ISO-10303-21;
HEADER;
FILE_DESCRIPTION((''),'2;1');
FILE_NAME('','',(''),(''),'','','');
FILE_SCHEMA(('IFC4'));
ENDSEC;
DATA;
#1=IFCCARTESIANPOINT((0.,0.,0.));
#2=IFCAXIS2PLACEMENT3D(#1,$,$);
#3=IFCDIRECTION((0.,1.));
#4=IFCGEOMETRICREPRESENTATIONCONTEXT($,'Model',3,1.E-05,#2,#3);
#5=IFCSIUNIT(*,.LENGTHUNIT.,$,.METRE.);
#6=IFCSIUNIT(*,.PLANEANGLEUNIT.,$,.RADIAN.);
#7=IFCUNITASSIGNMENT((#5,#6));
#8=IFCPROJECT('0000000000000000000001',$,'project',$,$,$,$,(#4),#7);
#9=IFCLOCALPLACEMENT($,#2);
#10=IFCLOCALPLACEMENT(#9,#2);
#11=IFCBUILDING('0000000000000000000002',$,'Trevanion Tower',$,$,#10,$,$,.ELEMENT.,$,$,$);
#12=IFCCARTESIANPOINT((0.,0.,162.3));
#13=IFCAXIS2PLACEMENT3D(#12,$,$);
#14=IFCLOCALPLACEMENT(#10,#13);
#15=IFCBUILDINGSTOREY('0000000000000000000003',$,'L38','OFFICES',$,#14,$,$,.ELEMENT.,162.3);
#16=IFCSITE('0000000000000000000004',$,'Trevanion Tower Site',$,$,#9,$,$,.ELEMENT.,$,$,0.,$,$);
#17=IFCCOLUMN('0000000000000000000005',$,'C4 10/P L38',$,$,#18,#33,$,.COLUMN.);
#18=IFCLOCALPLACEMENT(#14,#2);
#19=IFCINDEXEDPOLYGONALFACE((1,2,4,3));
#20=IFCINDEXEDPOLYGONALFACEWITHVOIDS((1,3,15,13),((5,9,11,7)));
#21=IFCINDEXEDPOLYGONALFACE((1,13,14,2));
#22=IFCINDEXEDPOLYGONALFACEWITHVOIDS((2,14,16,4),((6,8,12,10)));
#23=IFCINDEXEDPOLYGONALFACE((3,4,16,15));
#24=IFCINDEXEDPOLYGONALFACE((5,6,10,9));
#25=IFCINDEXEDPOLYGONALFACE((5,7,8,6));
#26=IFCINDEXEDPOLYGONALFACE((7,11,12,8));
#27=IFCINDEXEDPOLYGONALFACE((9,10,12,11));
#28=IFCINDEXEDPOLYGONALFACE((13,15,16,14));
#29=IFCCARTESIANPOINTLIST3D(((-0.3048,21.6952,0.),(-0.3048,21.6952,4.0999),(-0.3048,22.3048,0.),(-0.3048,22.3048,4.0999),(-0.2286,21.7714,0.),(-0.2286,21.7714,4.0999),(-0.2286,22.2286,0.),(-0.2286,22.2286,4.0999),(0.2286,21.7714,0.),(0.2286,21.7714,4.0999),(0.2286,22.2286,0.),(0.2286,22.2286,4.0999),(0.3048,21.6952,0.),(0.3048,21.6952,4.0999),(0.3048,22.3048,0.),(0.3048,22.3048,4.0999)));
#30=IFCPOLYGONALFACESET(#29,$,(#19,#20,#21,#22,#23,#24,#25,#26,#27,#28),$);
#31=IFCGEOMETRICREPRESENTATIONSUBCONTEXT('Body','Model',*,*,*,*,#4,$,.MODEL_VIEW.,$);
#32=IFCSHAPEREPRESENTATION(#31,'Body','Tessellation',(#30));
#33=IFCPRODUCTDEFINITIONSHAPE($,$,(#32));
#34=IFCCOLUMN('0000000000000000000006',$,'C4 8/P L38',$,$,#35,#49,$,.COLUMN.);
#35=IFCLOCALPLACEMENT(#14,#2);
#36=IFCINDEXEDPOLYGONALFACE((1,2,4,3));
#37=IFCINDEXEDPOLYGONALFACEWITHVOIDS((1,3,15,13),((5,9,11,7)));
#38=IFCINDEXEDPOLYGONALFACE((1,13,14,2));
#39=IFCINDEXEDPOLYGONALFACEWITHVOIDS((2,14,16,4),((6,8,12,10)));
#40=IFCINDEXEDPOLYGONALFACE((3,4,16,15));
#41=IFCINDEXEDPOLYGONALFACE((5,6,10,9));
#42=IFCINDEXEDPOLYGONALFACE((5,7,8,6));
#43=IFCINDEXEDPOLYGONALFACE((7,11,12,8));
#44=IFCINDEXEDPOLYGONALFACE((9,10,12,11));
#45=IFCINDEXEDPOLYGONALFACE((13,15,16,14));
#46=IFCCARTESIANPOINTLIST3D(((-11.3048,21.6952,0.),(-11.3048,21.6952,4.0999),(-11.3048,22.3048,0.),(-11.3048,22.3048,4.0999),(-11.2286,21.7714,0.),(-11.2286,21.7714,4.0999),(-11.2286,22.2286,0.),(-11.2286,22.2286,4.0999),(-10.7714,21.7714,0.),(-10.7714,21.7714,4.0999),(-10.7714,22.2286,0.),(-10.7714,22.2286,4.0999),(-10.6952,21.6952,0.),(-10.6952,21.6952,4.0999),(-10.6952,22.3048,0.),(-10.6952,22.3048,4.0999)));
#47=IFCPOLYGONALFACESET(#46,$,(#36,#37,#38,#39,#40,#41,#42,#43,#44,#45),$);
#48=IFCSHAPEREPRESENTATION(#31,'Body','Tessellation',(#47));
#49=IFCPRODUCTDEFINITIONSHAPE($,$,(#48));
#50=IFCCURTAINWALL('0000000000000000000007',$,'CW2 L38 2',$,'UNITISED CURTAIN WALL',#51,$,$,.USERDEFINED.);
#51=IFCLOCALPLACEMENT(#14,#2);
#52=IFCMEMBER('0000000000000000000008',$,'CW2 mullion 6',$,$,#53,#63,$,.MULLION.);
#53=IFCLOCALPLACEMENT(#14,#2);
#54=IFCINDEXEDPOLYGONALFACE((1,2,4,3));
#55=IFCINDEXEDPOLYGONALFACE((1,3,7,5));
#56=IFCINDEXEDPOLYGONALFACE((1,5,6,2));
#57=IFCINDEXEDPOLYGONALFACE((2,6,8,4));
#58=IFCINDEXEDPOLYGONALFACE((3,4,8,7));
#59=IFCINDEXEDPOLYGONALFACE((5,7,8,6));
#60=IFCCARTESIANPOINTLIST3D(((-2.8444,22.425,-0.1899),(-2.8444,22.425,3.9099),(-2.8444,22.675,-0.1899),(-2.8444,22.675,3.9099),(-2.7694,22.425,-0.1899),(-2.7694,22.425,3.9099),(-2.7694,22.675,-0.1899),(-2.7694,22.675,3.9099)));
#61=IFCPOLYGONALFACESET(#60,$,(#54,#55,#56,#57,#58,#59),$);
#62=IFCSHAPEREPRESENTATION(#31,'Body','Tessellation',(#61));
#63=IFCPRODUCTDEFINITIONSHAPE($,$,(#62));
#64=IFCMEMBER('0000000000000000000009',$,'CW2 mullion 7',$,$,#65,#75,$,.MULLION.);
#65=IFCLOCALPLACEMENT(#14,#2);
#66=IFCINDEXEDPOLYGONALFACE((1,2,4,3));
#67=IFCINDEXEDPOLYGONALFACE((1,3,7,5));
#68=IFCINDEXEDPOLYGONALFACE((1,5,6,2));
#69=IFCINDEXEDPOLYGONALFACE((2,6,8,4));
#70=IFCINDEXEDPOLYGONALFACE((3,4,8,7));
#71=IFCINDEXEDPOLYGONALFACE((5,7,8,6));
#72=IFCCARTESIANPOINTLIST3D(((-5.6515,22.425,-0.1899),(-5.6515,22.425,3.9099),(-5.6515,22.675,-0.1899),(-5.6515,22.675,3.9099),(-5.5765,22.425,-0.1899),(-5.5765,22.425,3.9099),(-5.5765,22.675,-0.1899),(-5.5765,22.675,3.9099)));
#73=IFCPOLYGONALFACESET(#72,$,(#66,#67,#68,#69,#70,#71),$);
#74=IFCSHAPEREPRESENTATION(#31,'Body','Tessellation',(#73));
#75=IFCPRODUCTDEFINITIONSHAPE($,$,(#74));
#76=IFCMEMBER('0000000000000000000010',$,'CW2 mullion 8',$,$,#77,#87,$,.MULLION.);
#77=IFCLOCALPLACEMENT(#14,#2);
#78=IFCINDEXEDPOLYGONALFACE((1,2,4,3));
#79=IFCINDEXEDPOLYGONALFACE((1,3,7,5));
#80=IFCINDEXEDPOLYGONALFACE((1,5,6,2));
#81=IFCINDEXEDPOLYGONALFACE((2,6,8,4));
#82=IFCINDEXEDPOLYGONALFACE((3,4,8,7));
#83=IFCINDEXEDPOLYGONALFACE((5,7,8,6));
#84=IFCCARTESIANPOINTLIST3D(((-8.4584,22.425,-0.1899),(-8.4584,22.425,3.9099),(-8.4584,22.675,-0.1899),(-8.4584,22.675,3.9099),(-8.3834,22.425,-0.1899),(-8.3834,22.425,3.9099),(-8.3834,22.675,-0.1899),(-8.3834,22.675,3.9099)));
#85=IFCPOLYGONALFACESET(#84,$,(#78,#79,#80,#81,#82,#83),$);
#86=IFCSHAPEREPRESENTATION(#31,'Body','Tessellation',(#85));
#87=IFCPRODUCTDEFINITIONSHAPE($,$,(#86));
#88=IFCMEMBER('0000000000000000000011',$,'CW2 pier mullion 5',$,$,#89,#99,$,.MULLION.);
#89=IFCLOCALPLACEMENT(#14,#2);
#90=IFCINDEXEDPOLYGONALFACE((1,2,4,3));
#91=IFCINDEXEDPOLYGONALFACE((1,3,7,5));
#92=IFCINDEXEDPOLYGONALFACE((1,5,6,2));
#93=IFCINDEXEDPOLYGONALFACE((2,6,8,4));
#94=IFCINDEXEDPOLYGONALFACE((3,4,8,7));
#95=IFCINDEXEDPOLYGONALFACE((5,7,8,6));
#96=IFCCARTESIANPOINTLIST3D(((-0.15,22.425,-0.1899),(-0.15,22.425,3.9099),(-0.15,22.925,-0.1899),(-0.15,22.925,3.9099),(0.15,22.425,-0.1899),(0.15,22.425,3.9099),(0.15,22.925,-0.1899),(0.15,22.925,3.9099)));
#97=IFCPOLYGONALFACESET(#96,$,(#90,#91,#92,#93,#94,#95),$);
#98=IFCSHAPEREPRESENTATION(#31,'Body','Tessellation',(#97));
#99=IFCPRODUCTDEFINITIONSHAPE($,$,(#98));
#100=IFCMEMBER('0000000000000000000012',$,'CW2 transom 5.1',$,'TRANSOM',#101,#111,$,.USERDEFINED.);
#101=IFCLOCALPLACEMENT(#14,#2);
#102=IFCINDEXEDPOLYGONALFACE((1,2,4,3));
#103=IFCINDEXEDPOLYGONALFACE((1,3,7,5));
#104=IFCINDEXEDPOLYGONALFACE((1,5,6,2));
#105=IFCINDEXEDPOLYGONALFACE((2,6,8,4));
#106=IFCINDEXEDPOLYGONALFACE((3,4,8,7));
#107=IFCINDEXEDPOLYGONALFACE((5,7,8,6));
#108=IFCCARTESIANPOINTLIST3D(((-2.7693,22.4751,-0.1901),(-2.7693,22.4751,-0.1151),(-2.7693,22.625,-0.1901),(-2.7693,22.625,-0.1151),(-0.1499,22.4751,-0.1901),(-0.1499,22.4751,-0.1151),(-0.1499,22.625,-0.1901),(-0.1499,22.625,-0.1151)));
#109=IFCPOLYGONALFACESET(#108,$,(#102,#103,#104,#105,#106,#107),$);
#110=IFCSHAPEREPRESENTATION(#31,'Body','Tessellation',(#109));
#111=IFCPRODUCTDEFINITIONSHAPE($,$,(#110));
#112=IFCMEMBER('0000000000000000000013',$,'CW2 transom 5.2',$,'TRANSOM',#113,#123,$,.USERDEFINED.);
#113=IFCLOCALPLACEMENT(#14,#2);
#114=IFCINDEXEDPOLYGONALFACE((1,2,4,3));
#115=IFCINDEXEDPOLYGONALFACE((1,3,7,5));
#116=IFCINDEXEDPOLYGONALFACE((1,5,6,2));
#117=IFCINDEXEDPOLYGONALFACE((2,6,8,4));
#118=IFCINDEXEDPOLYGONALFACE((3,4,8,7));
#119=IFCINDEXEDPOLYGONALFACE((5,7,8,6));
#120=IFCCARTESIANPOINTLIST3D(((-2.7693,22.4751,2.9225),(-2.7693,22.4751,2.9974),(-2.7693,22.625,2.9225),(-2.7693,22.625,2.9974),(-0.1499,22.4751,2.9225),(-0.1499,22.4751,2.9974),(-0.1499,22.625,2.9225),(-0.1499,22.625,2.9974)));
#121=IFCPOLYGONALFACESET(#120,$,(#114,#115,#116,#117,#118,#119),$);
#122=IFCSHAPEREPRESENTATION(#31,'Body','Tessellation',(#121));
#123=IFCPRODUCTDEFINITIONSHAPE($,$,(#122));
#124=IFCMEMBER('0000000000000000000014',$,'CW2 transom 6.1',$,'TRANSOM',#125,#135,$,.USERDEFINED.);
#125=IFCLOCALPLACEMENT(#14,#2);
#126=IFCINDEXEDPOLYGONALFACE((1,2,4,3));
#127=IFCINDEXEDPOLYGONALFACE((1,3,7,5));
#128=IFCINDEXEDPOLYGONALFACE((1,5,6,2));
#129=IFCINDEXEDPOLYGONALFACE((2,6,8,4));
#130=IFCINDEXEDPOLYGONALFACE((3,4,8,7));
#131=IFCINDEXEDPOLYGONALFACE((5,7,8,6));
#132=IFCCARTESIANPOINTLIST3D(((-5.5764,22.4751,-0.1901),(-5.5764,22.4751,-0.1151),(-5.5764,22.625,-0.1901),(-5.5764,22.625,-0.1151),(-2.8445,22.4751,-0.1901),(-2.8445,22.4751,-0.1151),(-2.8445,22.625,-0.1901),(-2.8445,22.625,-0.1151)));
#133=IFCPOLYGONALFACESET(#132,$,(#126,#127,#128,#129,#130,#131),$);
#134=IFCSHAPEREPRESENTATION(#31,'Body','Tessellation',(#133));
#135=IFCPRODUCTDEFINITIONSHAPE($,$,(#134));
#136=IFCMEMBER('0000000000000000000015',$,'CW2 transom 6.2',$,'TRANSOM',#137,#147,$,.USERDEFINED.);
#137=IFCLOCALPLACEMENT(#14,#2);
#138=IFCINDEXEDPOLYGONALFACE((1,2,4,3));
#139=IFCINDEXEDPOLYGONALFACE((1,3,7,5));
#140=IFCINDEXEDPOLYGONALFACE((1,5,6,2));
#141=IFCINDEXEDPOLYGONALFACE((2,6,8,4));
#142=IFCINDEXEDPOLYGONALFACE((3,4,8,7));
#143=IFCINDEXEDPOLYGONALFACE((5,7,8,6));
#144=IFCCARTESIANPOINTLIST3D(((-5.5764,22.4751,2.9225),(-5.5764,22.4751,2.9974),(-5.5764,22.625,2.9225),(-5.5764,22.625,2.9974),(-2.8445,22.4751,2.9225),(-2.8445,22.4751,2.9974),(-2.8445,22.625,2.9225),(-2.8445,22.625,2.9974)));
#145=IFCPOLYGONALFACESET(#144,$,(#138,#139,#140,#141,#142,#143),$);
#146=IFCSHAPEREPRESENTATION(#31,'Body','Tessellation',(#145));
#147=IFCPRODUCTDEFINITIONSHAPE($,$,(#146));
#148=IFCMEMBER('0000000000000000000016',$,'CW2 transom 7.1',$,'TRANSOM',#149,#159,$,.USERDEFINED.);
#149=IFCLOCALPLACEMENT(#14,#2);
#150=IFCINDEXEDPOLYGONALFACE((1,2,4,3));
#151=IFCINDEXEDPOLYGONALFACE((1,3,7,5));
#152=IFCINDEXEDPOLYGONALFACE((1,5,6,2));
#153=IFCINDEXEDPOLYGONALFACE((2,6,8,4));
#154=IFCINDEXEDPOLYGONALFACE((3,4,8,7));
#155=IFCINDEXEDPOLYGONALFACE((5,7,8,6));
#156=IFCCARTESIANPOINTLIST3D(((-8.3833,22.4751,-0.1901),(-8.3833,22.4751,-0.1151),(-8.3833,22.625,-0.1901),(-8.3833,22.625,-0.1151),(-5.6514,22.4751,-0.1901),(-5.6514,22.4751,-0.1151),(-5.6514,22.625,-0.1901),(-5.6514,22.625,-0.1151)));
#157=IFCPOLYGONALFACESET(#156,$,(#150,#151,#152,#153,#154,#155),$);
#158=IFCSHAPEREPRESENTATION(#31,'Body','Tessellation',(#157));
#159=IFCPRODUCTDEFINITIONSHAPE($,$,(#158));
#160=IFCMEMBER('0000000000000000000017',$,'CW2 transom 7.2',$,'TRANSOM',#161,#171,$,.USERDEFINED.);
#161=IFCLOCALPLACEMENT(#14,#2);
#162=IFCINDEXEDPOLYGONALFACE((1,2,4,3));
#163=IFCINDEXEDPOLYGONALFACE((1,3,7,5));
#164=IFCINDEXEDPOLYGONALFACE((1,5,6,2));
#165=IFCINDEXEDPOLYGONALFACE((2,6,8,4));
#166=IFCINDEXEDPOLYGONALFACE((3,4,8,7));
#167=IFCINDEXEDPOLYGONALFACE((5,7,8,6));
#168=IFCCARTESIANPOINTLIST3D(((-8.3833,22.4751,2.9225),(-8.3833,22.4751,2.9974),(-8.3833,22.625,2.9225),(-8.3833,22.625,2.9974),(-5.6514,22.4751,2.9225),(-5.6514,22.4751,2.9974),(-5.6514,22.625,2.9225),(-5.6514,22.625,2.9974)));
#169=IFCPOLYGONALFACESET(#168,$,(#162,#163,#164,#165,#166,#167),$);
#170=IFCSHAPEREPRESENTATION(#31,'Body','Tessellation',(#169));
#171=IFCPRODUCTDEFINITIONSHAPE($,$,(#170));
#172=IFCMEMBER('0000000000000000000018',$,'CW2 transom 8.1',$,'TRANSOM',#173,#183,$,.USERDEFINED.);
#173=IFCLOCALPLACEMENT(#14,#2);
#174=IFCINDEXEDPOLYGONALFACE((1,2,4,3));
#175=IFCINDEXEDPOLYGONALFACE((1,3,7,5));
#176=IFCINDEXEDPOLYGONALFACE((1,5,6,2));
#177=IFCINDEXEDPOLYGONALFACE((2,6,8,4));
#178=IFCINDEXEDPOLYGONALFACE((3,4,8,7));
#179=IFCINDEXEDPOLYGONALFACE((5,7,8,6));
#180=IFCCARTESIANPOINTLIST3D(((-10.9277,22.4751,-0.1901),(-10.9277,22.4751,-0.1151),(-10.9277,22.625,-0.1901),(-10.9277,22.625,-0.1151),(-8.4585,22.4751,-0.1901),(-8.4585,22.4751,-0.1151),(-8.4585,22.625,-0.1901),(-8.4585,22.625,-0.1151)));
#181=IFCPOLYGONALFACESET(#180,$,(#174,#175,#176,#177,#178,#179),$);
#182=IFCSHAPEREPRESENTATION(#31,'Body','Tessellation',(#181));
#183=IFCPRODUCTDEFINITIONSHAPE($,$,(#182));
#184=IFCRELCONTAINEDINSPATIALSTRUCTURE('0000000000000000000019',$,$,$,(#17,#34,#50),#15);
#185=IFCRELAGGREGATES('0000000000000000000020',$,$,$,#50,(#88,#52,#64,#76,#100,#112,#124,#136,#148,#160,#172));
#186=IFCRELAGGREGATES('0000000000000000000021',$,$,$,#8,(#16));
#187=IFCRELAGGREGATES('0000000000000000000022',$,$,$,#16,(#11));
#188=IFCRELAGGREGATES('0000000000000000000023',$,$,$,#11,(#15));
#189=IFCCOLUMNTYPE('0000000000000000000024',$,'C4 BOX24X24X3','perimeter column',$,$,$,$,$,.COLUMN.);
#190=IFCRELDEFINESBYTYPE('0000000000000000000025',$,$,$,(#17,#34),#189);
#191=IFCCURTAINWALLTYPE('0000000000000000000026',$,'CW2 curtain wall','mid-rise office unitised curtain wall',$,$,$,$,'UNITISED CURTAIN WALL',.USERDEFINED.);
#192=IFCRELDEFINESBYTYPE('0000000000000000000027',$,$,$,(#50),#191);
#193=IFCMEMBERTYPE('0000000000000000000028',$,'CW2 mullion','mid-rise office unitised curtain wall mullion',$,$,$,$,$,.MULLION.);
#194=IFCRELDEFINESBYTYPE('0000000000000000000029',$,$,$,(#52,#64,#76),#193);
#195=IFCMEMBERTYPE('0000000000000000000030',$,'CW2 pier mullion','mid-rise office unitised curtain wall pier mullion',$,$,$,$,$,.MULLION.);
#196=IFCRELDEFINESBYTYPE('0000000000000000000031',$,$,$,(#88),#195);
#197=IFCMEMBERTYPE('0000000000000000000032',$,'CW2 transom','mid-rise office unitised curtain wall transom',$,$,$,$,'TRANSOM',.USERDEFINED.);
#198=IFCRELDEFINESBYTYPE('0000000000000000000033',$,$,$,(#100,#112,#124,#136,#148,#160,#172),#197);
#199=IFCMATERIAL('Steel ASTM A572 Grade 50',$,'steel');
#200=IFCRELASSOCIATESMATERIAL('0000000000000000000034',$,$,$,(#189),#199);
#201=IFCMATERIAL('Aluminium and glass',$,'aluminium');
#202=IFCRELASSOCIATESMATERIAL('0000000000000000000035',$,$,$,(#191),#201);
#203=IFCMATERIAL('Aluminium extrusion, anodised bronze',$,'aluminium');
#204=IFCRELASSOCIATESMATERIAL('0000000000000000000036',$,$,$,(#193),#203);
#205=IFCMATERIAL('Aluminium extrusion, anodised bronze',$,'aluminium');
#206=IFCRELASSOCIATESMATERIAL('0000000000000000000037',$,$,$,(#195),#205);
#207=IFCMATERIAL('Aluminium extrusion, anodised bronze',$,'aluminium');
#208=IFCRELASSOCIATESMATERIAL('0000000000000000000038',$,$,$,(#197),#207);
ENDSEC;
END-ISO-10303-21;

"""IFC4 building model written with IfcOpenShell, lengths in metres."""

from ifc_helpers import new_model, si_unit, direction, frame, origin, origin_2d, place, context, subcontext, project, spatial, rectangle, hollow_rectangle, extrude, material, material_profile, profile_set, type_object, element, aggregate, save


model = new_model("IFC4")

# Units and contexts
model_context = context("Model", 3, precision=1e-05, world=origin(), true_north=direction((0.0, 1.0)))
body_context = subcontext(model_context, "Body", "Model", "MODEL_VIEW")
ifc_project = project(units=[si_unit("LENGTHUNIT", "METRE"), si_unit("PLANEANGLEUNIT", "RADIAN")], contexts=[model_context])

# Site, building, storey
site_placement = place(None, origin())
site = spatial("IfcSite", under=ifc_project, at=site_placement, Name="Trevanion Tower Site", CompositionType="ELEMENT", RefElevation=0.0)
building_placement = place(site_placement, origin())
building = spatial("IfcBuilding", under=site, at=building_placement, Name="Trevanion Tower", CompositionType="ELEMENT")
storey_placement = place(building_placement, frame((0.0, 0.0, 162.3)))
storey = spatial("IfcBuildingStorey", under=building, at=storey_placement, Name="L38", Description="OFFICES", CompositionType="ELEMENT", Elevation=162.3)

# Columns
ifc_material_1 = material(Name="Steel ASTM A572 Grade 50", Category="steel")
ifc_material_profile_1 = material_profile(ifc_material_1, hollow_rectangle(XDim=0.6096, YDim=0.6096, WallThickness=0.0762, at=origin_2d()), Name="BOX24X24X3")
ifc_profile_set_1 = profile_set([ifc_material_profile_1], Name="Steel ASTM A572 Grade 50")
column_type = type_object("IfcColumnType", Name="C4 BOX24X24X3", Description="perimeter column", PredefinedType="COLUMN", material=ifc_profile_set_1)
for number, where, z_axis, x_axis, name in (
    (1, (0.0, 22.0, 0.0), (0.0, 0.0, 1.0), (1.0, 0.0, 0.0), "C4 10/P L38"),
    (2, (-11.0, 22.0, 0.0), (0.0, 0.0, 1.0), (1.0, 0.0, 0.0), "C4 8/P L38"),
):
    element("IfcColumn", number, at=place(storey_placement, frame(where, z_axis=z_axis, x_axis=x_axis)), inside=storey, type_object=column_type, Name=name, PredefinedType="COLUMN", context=body_context, shape_type="SweptSolid", body=[
        extrude(hollow_rectangle(XDim=0.6096, YDim=0.6096, WallThickness=0.0762, at=origin_2d()), origin(), (0.0, 0.0, 1.0), 4.0999),
    ])

# Curtain wall, members
ifc_material_2 = material(Name="Aluminium and glass", Category="aluminium")
curtain_wall_type = type_object("IfcCurtainWallType", Name="CW2 curtain wall", Description="mid-rise office unitised curtain wall", ElementType="UNITISED CURTAIN WALL", PredefinedType="USERDEFINED", material=ifc_material_2)
curtain_wall_placement = place(storey_placement, origin())
curtain_wall = element("IfcCurtainWall", 3, at=curtain_wall_placement, inside=storey, type_object=curtain_wall_type, Name="CW2 L38 2", ObjectType="UNITISED CURTAIN WALL", PredefinedType="USERDEFINED")
ifc_material_3 = material(Name="Aluminium extrusion, anodised bronze", Category="aluminium")
ifc_material_profile_2 = material_profile(ifc_material_3, rectangle(XDim=0.075, YDim=0.25, at=origin_2d()), Name="CW2 mullion")
ifc_profile_set_2 = profile_set([ifc_material_profile_2], Name="Aluminium extrusion, anodised bronze")
member_type_1 = type_object("IfcMemberType", Name="CW2 mullion", Description="mid-rise office unitised curtain wall mullion", PredefinedType="MULLION", material=ifc_profile_set_2)
member_1_placement = place(storey_placement, frame((-2.8069, 22.55, -0.1899), z_axis=(0.0, 0.0, 1.0), x_axis=(-1.0, 0.0, 0.0)))
member_1 = element("IfcMember", 4, at=member_1_placement, type_object=member_type_1, Name="CW2 mullion 6", PredefinedType="MULLION", context=body_context, shape_type="SweptSolid", body=[
    extrude(rectangle(XDim=0.075, YDim=0.25, at=origin_2d()), origin(), (0.0, 0.0, 1.0), 4.0999),
])
member_2_placement = place(storey_placement, frame((-5.614, 22.55, -0.1899), z_axis=(0.0, 0.0, 1.0), x_axis=(-1.0, 0.0, 0.0)))
member_2 = element("IfcMember", 5, at=member_2_placement, type_object=member_type_1, Name="CW2 mullion 7", PredefinedType="MULLION", context=body_context, shape_type="SweptSolid", body=[
    extrude(rectangle(XDim=0.075, YDim=0.25, at=origin_2d()), origin(), (0.0, 0.0, 1.0), 4.0999),
])
member_3_placement = place(storey_placement, frame((-8.4209, 22.55, -0.1899), z_axis=(0.0, 0.0, 1.0), x_axis=(-1.0, 0.0, 0.0)))
member_3 = element("IfcMember", 6, at=member_3_placement, type_object=member_type_1, Name="CW2 mullion 8", PredefinedType="MULLION", context=body_context, shape_type="SweptSolid", body=[
    extrude(rectangle(XDim=0.075, YDim=0.25, at=origin_2d()), origin(), (0.0, 0.0, 1.0), 4.0999),
])
ifc_material_4 = material(Name="Aluminium extrusion, anodised bronze", Category="aluminium")
ifc_material_profile_3 = material_profile(ifc_material_4, rectangle(XDim=0.3, YDim=0.5, at=origin_2d()), Name="CW2 pier mullion")
ifc_profile_set_3 = profile_set([ifc_material_profile_3], Name="Aluminium extrusion, anodised bronze")
member_type_2 = type_object("IfcMemberType", Name="CW2 pier mullion", Description="mid-rise office unitised curtain wall pier mullion", PredefinedType="MULLION", material=ifc_profile_set_3)
member_4_placement = place(storey_placement, frame((0.0, 22.675, -0.1899), z_axis=(0.0, 0.0, 1.0), x_axis=(-1.0, 0.0, 0.0)))
member_4 = element("IfcMember", 7, at=member_4_placement, type_object=member_type_2, Name="CW2 pier mullion 5", PredefinedType="MULLION", context=body_context, shape_type="SweptSolid", body=[
    extrude(rectangle(XDim=0.3, YDim=0.5, at=origin_2d()), origin(), (0.0, 0.0, 1.0), 4.0999),
])
ifc_material_5 = material(Name="Aluminium extrusion, anodised bronze", Category="aluminium")
ifc_material_profile_4 = material_profile(ifc_material_5, rectangle(XDim=0.1499, YDim=0.075, at=origin_2d()), Name="CW2 transom")
ifc_profile_set_4 = profile_set([ifc_material_profile_4], Name="Aluminium extrusion, anodised bronze")
member_type_3 = type_object("IfcMemberType", Name="CW2 transom", Description="mid-rise office unitised curtain wall transom", ElementType="TRANSOM", PredefinedType="USERDEFINED", material=ifc_profile_set_4)
member_5_placement = place(storey_placement, frame((-0.1499, 22.55, -0.1526), z_axis=(-1.0, 0.0, 0.0), x_axis=(0.0, -1.0, 0.0)))
member_5 = element("IfcMember", 8, at=member_5_placement, type_object=member_type_3, Name="CW2 transom 5.1", ObjectType="TRANSOM", PredefinedType="USERDEFINED", context=body_context, shape_type="SweptSolid", body=[
    extrude(rectangle(XDim=0.1499, YDim=0.075, at=origin_2d()), origin(), (0.0, 0.0, 1.0), 2.6194),
])
member_6_placement = place(storey_placement, frame((-0.1499, 22.55, 2.96), z_axis=(-1.0, 0.0, 0.0), x_axis=(0.0, -1.0, 0.0)))
member_6 = element("IfcMember", 9, at=member_6_placement, type_object=member_type_3, Name="CW2 transom 5.2", ObjectType="TRANSOM", PredefinedType="USERDEFINED", context=body_context, shape_type="SweptSolid", body=[
    extrude(rectangle(XDim=0.1499, YDim=0.075, at=origin_2d()), origin(), (0.0, 0.0, 1.0), 2.6194),
])
member_7_placement = place(storey_placement, frame((-2.8445, 22.55, -0.1526), z_axis=(-1.0, 0.0, 0.0), x_axis=(0.0, -1.0, 0.0)))
member_7 = element("IfcMember", 10, at=member_7_placement, type_object=member_type_3, Name="CW2 transom 6.1", ObjectType="TRANSOM", PredefinedType="USERDEFINED", context=body_context, shape_type="SweptSolid", body=[
    extrude(rectangle(XDim=0.1499, YDim=0.075, at=origin_2d()), origin(), (0.0, 0.0, 1.0), 2.7319),
])
member_8_placement = place(storey_placement, frame((-2.8445, 22.55, 2.96), z_axis=(-1.0, 0.0, 0.0), x_axis=(0.0, -1.0, 0.0)))
member_8 = element("IfcMember", 11, at=member_8_placement, type_object=member_type_3, Name="CW2 transom 6.2", ObjectType="TRANSOM", PredefinedType="USERDEFINED", context=body_context, shape_type="SweptSolid", body=[
    extrude(rectangle(XDim=0.1499, YDim=0.075, at=origin_2d()), origin(), (0.0, 0.0, 1.0), 2.7319),
])
member_9_placement = place(storey_placement, frame((-5.6514, 22.55, -0.1526), z_axis=(-1.0, 0.0, 0.0), x_axis=(0.0, -1.0, 0.0)))
member_9 = element("IfcMember", 12, at=member_9_placement, type_object=member_type_3, Name="CW2 transom 7.1", ObjectType="TRANSOM", PredefinedType="USERDEFINED", context=body_context, shape_type="SweptSolid", body=[
    extrude(rectangle(XDim=0.1499, YDim=0.075, at=origin_2d()), origin(), (0.0, 0.0, 1.0), 2.7319),
])
member_10_placement = place(storey_placement, frame((-5.6514, 22.55, 2.96), z_axis=(-1.0, 0.0, 0.0), x_axis=(0.0, -1.0, 0.0)))
member_10 = element("IfcMember", 13, at=member_10_placement, type_object=member_type_3, Name="CW2 transom 7.2", ObjectType="TRANSOM", PredefinedType="USERDEFINED", context=body_context, shape_type="SweptSolid", body=[
    extrude(rectangle(XDim=0.1499, YDim=0.075, at=origin_2d()), origin(), (0.0, 0.0, 1.0), 2.7319),
])
member_11_placement = place(storey_placement, frame((-8.4585, 22.55, -0.1526), z_axis=(-1.0, 0.0, 0.0), x_axis=(0.0, -1.0, 0.0)))
member_11 = element("IfcMember", 14, at=member_11_placement, type_object=member_type_3, Name="CW2 transom 8.1", ObjectType="TRANSOM", PredefinedType="USERDEFINED", context=body_context, shape_type="SweptSolid", body=[
    extrude(rectangle(XDim=0.1499, YDim=0.075, at=origin_2d()), origin(), (0.0, 0.0, 1.0), 2.4692),
])

aggregate(curtain_wall, [member_4, member_1, member_2, member_3, member_5, member_6, member_7, member_8, member_9, member_10, member_11])

save(model, "model.ifc")
